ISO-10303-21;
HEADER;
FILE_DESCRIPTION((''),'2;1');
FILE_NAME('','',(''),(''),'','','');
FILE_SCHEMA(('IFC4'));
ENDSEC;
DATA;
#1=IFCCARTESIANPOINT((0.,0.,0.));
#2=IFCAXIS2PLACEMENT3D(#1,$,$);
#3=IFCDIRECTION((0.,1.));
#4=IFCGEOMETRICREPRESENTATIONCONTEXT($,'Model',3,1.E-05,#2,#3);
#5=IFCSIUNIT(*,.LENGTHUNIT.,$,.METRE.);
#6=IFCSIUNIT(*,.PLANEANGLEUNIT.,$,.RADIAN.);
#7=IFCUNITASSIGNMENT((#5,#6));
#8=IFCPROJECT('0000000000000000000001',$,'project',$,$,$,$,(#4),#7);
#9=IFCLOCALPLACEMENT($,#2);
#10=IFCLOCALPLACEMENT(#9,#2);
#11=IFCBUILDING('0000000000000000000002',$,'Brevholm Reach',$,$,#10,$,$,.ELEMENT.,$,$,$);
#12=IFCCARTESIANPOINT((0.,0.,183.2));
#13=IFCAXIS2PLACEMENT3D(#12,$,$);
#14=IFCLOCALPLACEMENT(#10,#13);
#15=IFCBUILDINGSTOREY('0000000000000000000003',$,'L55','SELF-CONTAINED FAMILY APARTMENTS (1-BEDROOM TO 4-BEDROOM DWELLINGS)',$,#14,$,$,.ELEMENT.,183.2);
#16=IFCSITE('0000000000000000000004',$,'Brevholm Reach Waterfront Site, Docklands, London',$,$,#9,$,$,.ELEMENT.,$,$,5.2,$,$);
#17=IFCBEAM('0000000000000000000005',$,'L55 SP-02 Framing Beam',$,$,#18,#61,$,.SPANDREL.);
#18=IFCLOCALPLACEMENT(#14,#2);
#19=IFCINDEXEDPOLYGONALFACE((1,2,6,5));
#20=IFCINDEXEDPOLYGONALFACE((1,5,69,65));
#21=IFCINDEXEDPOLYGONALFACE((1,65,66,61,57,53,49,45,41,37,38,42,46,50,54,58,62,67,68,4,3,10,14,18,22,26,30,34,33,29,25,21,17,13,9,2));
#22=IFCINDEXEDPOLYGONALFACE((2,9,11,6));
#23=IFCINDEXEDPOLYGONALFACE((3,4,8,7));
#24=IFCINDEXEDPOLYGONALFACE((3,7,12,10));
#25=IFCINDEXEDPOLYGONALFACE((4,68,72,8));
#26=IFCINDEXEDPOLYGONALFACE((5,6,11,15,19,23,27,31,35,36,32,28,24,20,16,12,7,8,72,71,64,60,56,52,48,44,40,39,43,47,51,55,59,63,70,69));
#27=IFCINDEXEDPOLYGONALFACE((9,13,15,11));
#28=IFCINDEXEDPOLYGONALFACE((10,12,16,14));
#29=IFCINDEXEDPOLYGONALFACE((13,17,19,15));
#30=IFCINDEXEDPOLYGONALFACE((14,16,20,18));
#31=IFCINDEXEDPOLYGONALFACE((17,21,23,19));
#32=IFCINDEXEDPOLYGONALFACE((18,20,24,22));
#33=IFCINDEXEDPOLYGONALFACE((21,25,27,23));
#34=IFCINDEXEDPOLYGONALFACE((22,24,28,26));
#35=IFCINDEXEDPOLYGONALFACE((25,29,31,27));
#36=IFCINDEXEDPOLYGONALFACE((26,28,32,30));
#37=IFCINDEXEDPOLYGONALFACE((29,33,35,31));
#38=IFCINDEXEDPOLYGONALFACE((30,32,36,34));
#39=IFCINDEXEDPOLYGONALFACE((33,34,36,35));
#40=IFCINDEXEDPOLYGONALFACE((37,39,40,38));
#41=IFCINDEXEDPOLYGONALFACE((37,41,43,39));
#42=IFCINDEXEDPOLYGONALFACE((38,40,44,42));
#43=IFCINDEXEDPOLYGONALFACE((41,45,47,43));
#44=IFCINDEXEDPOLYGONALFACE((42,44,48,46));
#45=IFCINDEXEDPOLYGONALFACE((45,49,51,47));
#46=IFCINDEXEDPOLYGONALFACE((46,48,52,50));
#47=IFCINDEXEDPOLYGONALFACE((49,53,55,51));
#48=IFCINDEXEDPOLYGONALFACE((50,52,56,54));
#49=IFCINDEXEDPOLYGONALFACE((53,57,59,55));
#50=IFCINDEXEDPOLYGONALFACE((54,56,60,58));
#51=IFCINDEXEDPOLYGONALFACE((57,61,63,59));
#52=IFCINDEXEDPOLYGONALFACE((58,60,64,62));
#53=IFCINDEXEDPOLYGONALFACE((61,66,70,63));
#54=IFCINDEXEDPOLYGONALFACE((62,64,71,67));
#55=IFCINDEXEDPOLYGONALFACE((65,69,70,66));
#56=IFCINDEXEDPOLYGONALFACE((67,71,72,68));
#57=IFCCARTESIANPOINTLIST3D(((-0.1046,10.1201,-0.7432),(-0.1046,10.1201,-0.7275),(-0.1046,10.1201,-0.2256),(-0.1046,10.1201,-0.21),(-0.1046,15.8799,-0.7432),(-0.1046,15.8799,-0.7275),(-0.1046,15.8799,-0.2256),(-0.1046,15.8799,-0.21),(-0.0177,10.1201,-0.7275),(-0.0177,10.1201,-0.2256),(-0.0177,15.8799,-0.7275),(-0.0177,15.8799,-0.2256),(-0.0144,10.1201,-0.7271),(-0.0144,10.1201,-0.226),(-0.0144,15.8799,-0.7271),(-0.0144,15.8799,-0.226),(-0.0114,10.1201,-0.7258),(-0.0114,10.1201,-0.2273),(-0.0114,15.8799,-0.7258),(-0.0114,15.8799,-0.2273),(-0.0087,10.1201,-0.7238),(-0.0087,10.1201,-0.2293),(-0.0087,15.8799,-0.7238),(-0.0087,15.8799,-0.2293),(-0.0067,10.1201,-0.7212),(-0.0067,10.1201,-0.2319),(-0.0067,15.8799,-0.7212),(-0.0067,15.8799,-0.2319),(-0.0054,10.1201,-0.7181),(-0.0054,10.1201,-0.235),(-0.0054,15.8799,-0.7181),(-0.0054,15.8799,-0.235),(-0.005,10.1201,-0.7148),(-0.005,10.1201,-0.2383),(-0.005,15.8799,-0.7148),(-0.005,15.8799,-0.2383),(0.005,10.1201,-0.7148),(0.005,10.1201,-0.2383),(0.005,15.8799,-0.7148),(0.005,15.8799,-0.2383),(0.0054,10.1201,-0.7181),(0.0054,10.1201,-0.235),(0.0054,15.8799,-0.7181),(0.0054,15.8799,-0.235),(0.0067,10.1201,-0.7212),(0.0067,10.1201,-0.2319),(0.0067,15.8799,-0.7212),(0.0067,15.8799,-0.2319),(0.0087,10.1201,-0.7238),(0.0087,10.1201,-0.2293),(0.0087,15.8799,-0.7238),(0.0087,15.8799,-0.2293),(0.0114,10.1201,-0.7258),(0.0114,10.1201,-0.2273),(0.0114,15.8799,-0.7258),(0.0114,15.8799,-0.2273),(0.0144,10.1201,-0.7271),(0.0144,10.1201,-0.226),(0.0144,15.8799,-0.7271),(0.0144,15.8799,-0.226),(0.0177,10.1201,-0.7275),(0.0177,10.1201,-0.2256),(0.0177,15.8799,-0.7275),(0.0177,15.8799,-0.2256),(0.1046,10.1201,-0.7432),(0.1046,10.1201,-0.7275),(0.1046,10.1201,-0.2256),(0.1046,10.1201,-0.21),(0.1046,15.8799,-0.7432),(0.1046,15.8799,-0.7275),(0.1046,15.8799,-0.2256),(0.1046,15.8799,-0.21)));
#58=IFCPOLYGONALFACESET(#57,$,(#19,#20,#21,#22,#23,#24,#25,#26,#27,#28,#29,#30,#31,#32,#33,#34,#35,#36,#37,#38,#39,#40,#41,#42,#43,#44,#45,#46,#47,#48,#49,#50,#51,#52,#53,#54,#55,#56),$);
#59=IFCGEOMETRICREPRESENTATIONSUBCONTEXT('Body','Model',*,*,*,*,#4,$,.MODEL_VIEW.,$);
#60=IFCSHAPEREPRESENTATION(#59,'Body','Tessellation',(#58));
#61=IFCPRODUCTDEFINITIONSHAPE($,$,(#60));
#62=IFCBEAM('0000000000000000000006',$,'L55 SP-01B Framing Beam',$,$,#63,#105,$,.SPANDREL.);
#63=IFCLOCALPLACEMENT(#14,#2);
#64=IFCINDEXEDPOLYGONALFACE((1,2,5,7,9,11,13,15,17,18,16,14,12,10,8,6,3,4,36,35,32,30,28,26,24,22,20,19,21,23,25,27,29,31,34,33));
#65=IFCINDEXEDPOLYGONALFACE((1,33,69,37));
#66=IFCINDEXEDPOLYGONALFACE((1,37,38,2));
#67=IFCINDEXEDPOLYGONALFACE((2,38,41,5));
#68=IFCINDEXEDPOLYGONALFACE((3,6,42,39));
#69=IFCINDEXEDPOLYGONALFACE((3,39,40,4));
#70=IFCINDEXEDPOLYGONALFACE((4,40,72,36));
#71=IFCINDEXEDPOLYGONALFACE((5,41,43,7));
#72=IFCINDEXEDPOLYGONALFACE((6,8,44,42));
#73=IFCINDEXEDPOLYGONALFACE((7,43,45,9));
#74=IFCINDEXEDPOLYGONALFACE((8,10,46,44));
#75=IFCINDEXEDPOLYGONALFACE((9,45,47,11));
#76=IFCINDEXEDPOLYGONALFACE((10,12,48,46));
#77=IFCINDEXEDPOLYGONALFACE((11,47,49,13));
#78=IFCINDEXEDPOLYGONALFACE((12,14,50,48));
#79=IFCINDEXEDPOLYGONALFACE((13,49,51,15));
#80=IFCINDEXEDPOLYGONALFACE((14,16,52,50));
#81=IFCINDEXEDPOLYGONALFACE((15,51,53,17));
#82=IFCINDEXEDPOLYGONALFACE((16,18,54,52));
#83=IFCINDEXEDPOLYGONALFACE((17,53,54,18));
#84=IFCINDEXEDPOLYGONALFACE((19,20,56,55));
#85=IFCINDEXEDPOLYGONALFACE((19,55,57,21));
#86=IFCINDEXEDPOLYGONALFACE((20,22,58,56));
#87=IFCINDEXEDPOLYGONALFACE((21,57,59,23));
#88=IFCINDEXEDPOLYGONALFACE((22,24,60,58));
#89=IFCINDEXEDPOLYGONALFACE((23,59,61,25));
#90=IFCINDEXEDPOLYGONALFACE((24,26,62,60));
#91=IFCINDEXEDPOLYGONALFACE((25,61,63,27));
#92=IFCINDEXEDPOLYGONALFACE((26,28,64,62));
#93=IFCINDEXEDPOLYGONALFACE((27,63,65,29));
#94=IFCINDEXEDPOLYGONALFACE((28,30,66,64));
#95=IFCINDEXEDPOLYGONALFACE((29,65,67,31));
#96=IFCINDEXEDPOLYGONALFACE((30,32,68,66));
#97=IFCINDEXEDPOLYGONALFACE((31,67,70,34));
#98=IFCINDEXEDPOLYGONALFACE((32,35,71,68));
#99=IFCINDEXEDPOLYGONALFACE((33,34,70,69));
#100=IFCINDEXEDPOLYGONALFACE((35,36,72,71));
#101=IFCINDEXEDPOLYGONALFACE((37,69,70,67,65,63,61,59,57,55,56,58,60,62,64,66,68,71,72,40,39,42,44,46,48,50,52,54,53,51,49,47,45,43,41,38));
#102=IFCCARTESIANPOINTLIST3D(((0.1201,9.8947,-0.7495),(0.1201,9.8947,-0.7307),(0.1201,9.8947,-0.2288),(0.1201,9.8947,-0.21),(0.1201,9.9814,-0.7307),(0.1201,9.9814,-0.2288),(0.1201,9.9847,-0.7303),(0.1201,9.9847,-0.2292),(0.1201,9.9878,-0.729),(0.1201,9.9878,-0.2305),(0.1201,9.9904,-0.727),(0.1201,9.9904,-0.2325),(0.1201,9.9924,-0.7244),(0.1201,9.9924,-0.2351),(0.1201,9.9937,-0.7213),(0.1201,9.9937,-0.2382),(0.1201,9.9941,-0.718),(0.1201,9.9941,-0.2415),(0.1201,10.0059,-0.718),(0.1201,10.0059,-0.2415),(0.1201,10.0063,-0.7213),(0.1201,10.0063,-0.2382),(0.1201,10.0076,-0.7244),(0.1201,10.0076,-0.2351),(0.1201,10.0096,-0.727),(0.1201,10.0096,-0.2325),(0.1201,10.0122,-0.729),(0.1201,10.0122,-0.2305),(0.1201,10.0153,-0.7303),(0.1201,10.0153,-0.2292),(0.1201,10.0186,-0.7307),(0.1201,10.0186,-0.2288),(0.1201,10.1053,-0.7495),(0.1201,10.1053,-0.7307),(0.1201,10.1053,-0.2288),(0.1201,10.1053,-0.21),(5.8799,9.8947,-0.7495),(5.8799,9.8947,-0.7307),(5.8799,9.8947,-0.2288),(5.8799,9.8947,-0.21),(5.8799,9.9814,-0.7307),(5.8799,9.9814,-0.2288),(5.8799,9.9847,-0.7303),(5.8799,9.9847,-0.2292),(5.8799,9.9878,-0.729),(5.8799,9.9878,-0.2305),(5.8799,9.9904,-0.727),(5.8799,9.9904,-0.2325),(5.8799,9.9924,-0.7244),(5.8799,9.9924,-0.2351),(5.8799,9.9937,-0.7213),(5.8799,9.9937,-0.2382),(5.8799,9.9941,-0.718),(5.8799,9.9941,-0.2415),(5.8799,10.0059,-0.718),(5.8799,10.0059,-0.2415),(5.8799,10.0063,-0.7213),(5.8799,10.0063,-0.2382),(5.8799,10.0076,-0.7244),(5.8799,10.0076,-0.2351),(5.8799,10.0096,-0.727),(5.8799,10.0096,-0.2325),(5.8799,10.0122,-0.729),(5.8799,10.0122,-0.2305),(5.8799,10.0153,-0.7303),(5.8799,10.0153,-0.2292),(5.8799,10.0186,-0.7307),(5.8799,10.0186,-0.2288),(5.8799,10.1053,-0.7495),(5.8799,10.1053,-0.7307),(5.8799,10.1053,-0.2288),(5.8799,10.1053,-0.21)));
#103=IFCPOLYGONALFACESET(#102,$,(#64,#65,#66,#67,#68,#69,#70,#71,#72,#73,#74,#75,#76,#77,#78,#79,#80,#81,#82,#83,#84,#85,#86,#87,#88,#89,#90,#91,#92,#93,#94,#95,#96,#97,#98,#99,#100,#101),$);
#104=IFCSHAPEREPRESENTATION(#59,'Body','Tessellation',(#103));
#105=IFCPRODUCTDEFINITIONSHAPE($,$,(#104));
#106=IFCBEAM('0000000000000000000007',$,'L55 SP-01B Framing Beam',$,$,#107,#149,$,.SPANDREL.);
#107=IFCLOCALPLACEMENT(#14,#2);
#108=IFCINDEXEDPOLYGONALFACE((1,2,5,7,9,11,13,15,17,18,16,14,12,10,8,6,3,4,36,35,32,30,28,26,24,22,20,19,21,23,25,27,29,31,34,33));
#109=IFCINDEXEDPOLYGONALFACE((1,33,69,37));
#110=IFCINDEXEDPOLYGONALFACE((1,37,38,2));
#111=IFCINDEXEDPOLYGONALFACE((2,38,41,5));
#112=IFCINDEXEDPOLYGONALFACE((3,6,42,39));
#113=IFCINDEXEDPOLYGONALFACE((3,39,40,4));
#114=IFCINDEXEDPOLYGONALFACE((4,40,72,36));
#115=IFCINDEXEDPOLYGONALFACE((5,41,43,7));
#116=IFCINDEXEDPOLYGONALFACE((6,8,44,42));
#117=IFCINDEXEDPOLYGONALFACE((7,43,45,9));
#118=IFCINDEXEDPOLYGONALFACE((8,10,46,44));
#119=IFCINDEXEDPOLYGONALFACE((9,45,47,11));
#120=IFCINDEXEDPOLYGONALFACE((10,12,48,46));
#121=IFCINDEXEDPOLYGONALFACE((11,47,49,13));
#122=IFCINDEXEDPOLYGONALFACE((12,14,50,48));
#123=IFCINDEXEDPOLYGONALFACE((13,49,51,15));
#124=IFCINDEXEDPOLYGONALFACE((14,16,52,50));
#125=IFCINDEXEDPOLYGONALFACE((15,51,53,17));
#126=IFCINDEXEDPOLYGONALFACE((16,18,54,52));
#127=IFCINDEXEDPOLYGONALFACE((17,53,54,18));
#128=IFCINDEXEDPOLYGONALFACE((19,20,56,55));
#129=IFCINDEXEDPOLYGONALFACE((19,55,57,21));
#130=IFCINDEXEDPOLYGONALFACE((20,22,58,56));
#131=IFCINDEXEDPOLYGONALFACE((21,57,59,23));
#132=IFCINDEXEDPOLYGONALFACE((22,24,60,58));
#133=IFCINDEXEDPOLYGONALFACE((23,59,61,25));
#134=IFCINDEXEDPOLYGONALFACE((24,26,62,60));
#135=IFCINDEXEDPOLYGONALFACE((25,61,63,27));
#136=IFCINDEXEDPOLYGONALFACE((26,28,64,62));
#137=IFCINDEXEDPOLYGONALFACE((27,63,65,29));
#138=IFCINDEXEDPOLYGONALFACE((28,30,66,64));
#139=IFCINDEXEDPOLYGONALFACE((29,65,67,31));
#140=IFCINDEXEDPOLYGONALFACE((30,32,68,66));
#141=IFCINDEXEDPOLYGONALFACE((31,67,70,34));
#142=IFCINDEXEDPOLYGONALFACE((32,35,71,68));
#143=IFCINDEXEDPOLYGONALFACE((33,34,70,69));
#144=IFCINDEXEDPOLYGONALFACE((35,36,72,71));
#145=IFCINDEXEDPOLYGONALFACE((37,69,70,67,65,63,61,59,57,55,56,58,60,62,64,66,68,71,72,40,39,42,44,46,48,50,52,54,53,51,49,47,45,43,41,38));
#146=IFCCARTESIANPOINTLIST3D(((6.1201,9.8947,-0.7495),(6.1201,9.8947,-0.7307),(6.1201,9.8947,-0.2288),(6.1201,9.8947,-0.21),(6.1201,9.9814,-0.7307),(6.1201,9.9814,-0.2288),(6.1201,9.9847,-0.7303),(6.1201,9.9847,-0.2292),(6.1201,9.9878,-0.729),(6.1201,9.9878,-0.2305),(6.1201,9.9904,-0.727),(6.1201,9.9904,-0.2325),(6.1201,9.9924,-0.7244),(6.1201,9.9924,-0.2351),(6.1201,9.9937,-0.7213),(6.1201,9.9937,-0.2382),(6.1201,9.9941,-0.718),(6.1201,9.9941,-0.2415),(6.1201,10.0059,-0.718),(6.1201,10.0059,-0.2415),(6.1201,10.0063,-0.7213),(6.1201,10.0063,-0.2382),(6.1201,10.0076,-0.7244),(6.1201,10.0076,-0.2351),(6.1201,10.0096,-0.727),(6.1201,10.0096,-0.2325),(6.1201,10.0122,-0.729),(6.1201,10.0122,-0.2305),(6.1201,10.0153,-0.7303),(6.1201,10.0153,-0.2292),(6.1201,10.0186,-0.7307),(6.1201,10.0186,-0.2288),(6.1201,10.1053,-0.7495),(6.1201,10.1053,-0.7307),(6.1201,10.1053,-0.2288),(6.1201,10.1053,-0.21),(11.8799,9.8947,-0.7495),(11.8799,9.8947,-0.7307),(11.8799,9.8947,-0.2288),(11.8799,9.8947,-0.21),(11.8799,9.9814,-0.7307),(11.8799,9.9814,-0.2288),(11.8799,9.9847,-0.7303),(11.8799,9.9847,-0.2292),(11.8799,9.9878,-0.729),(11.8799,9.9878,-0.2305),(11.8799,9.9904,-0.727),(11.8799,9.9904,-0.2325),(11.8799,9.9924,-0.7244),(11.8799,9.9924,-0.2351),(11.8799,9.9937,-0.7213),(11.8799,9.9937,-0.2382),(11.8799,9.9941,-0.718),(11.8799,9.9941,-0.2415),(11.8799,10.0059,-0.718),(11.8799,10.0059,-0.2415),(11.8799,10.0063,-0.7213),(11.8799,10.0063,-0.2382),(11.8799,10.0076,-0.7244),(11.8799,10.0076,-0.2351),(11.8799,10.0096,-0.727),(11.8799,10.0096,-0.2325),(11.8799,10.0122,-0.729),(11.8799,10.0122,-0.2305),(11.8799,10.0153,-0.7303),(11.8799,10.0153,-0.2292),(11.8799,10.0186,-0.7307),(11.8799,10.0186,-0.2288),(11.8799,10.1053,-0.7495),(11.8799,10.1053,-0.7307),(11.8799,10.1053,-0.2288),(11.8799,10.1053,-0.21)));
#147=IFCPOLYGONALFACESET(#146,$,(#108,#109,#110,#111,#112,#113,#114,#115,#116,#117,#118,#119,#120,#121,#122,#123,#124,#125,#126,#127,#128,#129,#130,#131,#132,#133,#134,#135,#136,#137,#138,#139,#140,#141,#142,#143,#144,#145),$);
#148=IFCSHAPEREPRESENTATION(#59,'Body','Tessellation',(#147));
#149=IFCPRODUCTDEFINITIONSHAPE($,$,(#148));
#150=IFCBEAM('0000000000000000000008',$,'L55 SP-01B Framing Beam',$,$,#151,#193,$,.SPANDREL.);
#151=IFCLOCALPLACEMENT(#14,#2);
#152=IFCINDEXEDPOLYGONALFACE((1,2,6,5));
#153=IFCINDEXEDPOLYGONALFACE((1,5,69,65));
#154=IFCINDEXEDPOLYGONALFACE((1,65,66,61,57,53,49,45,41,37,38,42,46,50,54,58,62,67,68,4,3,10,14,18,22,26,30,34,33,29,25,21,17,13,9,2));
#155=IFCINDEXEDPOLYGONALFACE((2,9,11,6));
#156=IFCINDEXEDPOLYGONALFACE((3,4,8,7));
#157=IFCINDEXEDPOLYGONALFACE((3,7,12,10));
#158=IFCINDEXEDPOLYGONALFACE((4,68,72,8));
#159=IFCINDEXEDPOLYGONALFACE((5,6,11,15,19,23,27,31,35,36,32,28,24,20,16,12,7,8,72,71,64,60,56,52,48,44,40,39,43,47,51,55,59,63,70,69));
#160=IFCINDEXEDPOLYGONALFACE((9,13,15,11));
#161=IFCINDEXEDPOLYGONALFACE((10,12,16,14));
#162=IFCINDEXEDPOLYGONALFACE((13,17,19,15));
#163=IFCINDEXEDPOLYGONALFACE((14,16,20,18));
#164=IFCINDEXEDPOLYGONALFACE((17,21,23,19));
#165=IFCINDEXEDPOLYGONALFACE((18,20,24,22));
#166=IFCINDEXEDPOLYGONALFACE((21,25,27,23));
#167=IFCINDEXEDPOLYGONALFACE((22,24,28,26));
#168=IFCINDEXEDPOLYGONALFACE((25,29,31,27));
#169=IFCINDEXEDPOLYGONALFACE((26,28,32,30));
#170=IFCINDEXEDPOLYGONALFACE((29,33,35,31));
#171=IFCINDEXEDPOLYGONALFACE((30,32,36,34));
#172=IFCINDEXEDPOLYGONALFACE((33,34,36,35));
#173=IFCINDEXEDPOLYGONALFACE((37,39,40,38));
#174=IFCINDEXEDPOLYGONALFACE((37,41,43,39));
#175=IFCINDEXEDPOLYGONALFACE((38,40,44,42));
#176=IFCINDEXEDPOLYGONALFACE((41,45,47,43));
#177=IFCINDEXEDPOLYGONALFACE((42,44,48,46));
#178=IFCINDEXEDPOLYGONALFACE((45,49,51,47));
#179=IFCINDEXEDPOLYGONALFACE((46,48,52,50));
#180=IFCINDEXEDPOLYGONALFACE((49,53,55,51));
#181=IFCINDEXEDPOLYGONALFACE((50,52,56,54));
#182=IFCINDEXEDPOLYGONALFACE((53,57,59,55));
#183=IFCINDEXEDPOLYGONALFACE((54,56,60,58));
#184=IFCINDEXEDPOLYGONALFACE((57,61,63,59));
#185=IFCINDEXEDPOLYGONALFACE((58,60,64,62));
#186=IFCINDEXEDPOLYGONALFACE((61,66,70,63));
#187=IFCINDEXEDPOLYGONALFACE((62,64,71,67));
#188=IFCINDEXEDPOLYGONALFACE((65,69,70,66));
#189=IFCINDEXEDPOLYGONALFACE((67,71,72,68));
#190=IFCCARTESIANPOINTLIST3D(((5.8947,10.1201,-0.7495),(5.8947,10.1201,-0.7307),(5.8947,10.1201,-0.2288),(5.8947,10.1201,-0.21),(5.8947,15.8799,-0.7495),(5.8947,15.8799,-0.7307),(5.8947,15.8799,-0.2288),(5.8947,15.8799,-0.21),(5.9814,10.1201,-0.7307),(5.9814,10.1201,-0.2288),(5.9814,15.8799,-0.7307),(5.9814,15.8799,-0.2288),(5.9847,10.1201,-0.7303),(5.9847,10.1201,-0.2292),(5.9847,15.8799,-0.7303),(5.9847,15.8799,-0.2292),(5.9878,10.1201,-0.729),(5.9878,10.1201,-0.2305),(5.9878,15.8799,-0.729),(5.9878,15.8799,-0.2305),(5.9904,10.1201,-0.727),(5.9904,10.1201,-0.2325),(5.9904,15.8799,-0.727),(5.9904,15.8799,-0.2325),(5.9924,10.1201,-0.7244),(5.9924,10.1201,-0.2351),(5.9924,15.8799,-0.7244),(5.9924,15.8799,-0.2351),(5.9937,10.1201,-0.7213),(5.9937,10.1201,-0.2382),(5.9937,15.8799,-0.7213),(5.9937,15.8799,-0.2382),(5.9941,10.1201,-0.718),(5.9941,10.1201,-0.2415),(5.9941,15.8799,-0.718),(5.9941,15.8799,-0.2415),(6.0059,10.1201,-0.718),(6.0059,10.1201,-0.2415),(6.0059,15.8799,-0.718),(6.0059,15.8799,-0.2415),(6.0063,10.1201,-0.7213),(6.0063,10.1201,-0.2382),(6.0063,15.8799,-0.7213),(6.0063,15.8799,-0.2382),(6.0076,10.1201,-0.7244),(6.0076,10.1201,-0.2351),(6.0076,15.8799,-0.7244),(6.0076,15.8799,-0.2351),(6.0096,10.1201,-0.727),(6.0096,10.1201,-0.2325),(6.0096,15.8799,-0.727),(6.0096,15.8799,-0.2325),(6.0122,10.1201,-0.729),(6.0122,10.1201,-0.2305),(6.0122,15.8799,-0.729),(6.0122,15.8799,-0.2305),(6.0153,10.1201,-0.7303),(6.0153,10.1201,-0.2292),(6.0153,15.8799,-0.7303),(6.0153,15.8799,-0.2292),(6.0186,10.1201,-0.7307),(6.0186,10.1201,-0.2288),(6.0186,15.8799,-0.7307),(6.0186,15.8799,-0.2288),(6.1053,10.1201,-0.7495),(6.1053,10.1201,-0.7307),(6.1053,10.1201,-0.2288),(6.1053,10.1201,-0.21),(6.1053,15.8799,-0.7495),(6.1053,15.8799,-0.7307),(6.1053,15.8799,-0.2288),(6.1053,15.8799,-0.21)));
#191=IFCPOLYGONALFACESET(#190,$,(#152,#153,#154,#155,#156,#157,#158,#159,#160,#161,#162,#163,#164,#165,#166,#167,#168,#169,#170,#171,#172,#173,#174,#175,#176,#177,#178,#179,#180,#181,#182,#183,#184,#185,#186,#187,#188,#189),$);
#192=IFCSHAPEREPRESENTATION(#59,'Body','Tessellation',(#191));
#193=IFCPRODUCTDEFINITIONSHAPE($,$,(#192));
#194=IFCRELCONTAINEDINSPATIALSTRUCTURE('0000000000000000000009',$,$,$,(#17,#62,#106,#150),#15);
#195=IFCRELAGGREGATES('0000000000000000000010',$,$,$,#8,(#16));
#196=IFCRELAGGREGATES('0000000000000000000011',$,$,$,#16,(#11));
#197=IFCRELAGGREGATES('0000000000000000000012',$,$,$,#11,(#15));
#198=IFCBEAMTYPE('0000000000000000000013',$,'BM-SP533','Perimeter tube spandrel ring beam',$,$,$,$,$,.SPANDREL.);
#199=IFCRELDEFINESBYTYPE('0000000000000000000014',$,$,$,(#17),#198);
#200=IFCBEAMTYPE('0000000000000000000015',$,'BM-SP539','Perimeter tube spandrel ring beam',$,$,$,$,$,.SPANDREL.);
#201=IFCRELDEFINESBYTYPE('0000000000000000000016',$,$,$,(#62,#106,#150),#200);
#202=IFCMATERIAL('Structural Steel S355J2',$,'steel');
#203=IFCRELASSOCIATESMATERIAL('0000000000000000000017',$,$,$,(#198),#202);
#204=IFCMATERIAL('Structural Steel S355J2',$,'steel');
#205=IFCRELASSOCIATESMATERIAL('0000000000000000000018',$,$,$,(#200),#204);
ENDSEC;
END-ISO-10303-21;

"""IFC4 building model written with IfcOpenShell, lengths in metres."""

from ifc_helpers import new_model, si_unit, direction, frame, origin, origin_2d, place, context, subcontext, project, spatial, i_section, extrude, material, material_profile, profile_set, type_object, element, save


model = new_model("IFC4")

# Units and contexts
model_context = context("Model", 3, precision=1e-05, world=origin(), true_north=direction((0.0, 1.0)))
body_context = subcontext(model_context, "Body", "Model", "MODEL_VIEW")
ifc_project = project(units=[si_unit("LENGTHUNIT", "METRE"), si_unit("PLANEANGLEUNIT", "RADIAN")], contexts=[model_context])

# Site, building, storey
site_placement = place(None, origin())
site = spatial("IfcSite", under=ifc_project, at=site_placement, Name="Brevholm Reach Waterfront Site, Docklands, London", CompositionType="ELEMENT", RefElevation=5.2)
building_placement = place(site_placement, origin())
building = spatial("IfcBuilding", under=site, at=building_placement, Name="Brevholm Reach", CompositionType="ELEMENT")
storey_placement = place(building_placement, frame((0.0, 0.0, 183.2)))
storey = spatial("IfcBuildingStorey", under=building, at=storey_placement, Name="L55", Description="SELF-CONTAINED FAMILY APARTMENTS (1-BEDROOM TO 4-BEDROOM DWELLINGS)", CompositionType="ELEMENT", Elevation=183.2)

# Beams
ifc_material_1 = material(Name="Structural Steel S355J2", Category="steel")
ifc_material_profile_1 = material_profile(ifc_material_1, i_section(OverallWidth=0.2092, OverallDepth=0.5332, WebThickness=0.01, FlangeThickness=0.0156, FilletRadius=0.0127, at=origin_2d()), Name="UKB 533x210x92")
ifc_profile_set_1 = profile_set([ifc_material_profile_1], Name="Structural Steel S355J2")
beam_type_1 = type_object("IfcBeamType", Name="BM-SP533", Description="Perimeter tube spandrel ring beam", PredefinedType="SPANDREL", material=ifc_profile_set_1)
beam_placement = place(storey_placement, frame((0.0, 10.1201, -0.4766), z_axis=(0.0, 1.0, 0.0), x_axis=(-1.0, 0.0, 0.0)))
element("IfcBeam", 1, at=beam_placement, inside=storey, type_object=beam_type_1, Name="L55 SP-02 Framing Beam", PredefinedType="SPANDREL", context=body_context, shape_type="SweptSolid", body=[
    extrude(i_section(OverallWidth=0.2092, OverallDepth=0.5332, WebThickness=0.01, FlangeThickness=0.0156, FilletRadius=0.0127, at=origin_2d()), origin(), (0.0, 0.0, 1.0), 5.7598),
])
ifc_material_2 = material(Name="Structural Steel S355J2", Category="steel")
ifc_material_profile_2 = material_profile(ifc_material_2, i_section(OverallWidth=0.2107, OverallDepth=0.5396, WebThickness=0.0117, FlangeThickness=0.0188, FilletRadius=0.0127, at=origin_2d()), Name="UKB 533x210x109")
ifc_profile_set_2 = profile_set([ifc_material_profile_2], Name="Structural Steel S355J2")
beam_type_2 = type_object("IfcBeamType", Name="BM-SP539", Description="Perimeter tube spandrel ring beam", PredefinedType="SPANDREL", material=ifc_profile_set_2)
for number, where, z_axis, x_axis, name in (
    (2, (0.1201, 10.0, -0.4797), (1.0, 0.0, 0.0), (0.0, 1.0, 0.0), "L55 SP-01B Framing Beam"),
    (3, (6.1201, 10.0, -0.4797), (1.0, 0.0, 0.0), (0.0, 1.0, 0.0), "L55 SP-01B Framing Beam"),
    (4, (6.0, 10.1201, -0.4797), (0.0, 1.0, 0.0), (-1.0, 0.0, 0.0), "L55 SP-01B Framing Beam"),
):
    element("IfcBeam", number, at=place(storey_placement, frame(where, z_axis=z_axis, x_axis=x_axis)), inside=storey, type_object=beam_type_2, Name=name, PredefinedType="SPANDREL", context=body_context, shape_type="SweptSolid", body=[
        extrude(i_section(OverallWidth=0.2107, OverallDepth=0.5396, WebThickness=0.0117, FlangeThickness=0.0188, FilletRadius=0.0127, at=origin_2d()), origin(), (0.0, 0.0, 1.0), 5.7598),
    ])

save(model, "model.ifc")
